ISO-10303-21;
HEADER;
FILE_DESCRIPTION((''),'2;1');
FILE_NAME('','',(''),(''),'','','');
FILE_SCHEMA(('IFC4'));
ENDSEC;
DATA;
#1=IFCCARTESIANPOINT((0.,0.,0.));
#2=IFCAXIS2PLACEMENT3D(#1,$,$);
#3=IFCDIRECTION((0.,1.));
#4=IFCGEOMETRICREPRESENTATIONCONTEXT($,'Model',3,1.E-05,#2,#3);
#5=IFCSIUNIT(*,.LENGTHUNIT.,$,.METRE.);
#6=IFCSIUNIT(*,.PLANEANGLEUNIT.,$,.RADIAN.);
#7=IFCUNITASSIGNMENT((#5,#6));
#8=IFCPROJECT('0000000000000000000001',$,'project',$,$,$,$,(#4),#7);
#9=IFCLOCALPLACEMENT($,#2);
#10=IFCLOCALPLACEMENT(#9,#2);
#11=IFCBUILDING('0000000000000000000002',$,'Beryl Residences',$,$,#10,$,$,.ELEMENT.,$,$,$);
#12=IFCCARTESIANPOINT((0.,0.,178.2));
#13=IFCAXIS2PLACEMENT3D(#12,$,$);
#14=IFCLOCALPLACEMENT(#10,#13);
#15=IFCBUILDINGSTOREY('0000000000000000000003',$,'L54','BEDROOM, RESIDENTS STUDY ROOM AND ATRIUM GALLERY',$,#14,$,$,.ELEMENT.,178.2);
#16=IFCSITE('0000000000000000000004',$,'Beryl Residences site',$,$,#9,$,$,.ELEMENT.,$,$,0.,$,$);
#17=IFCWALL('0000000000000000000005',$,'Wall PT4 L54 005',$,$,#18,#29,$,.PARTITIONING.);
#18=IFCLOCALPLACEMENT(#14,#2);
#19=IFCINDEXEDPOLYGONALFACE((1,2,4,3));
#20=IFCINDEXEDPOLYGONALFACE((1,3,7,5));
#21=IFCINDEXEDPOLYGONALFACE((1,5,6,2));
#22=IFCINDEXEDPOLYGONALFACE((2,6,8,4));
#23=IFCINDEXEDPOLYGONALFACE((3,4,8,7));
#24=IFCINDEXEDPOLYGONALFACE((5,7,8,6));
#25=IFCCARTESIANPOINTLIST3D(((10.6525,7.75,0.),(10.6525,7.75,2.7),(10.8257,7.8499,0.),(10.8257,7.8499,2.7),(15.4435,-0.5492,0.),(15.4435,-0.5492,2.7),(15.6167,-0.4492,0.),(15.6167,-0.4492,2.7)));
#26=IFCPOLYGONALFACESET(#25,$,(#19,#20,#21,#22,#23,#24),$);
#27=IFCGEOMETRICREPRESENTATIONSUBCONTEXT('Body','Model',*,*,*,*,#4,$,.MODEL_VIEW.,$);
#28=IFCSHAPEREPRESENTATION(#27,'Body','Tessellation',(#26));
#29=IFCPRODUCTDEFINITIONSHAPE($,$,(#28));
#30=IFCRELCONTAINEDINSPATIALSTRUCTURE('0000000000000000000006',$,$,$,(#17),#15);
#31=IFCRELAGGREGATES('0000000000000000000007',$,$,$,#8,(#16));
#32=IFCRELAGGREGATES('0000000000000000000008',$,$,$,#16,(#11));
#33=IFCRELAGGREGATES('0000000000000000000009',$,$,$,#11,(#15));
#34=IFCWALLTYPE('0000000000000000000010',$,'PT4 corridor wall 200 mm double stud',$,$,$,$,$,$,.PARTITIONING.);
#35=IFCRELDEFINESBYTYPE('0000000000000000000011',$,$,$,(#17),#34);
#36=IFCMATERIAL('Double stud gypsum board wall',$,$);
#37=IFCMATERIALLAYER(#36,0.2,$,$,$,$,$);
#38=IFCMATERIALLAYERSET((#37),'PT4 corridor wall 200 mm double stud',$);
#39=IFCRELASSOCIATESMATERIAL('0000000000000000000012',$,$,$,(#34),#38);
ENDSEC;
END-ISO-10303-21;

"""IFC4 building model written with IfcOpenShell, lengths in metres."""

from ifc_helpers import new_model, si_unit, direction, frame, frame_2d, origin, place, context, subcontext, project, spatial, rectangle, extrude, material, layer, layer_set, type_object, element, save


model = new_model("IFC4")

# Units and contexts
model_context = context("Model", 3, precision=1e-05, world=origin(), true_north=direction((0.0, 1.0)))
body_context = subcontext(model_context, "Body", "Model", "MODEL_VIEW")
ifc_project = project(units=[si_unit("LENGTHUNIT", "METRE"), si_unit("PLANEANGLEUNIT", "RADIAN")], contexts=[model_context])

# Site, building, storey
site_placement = place(None, origin())
site = spatial("IfcSite", under=ifc_project, at=site_placement, Name="Beryl Residences site", CompositionType="ELEMENT", RefElevation=0.0)
building_placement = place(site_placement, origin())
building = spatial("IfcBuilding", under=site, at=building_placement, Name="Beryl Residences", CompositionType="ELEMENT")
storey_placement = place(building_placement, frame((0.0, 0.0, 178.2)))
storey = spatial("IfcBuildingStorey", under=building, at=storey_placement, Name="L54", Description="BEDROOM, RESIDENTS STUDY ROOM AND ATRIUM GALLERY", CompositionType="ELEMENT", Elevation=178.2)

# Wall
ifc_material_1 = material(Name="Double stud gypsum board wall")
ifc_layer_1 = layer(ifc_material_1, 0.2)
ifc_layer_set_1 = layer_set([ifc_layer_1], Name="PT4 corridor wall 200 mm double stud")
wall_type_1 = type_object("IfcWallType", Name="PT4 corridor wall 200 mm double stud", PredefinedType="PARTITIONING", material=ifc_layer_set_1)
wall_1_placement = place(storey_placement, frame((10.739, 7.8, 0.0), z_axis=(0.0, 0.0, 1.0), x_axis=(0.499964, -0.866046, 0.0)))
element("IfcWall", 1, at=wall_1_placement, inside=storey, type_object=wall_type_1, Name="Wall PT4 L54 005", PredefinedType="PARTITIONING", context=body_context, shape_type="SweptSolid", body=[
    extrude(rectangle(XDim=9.5828, YDim=0.2, at=frame_2d((4.7915, 0.0))), origin(), (0.0, 0.0, 1.0), 2.7),
])

save(model, "model.ifc")
